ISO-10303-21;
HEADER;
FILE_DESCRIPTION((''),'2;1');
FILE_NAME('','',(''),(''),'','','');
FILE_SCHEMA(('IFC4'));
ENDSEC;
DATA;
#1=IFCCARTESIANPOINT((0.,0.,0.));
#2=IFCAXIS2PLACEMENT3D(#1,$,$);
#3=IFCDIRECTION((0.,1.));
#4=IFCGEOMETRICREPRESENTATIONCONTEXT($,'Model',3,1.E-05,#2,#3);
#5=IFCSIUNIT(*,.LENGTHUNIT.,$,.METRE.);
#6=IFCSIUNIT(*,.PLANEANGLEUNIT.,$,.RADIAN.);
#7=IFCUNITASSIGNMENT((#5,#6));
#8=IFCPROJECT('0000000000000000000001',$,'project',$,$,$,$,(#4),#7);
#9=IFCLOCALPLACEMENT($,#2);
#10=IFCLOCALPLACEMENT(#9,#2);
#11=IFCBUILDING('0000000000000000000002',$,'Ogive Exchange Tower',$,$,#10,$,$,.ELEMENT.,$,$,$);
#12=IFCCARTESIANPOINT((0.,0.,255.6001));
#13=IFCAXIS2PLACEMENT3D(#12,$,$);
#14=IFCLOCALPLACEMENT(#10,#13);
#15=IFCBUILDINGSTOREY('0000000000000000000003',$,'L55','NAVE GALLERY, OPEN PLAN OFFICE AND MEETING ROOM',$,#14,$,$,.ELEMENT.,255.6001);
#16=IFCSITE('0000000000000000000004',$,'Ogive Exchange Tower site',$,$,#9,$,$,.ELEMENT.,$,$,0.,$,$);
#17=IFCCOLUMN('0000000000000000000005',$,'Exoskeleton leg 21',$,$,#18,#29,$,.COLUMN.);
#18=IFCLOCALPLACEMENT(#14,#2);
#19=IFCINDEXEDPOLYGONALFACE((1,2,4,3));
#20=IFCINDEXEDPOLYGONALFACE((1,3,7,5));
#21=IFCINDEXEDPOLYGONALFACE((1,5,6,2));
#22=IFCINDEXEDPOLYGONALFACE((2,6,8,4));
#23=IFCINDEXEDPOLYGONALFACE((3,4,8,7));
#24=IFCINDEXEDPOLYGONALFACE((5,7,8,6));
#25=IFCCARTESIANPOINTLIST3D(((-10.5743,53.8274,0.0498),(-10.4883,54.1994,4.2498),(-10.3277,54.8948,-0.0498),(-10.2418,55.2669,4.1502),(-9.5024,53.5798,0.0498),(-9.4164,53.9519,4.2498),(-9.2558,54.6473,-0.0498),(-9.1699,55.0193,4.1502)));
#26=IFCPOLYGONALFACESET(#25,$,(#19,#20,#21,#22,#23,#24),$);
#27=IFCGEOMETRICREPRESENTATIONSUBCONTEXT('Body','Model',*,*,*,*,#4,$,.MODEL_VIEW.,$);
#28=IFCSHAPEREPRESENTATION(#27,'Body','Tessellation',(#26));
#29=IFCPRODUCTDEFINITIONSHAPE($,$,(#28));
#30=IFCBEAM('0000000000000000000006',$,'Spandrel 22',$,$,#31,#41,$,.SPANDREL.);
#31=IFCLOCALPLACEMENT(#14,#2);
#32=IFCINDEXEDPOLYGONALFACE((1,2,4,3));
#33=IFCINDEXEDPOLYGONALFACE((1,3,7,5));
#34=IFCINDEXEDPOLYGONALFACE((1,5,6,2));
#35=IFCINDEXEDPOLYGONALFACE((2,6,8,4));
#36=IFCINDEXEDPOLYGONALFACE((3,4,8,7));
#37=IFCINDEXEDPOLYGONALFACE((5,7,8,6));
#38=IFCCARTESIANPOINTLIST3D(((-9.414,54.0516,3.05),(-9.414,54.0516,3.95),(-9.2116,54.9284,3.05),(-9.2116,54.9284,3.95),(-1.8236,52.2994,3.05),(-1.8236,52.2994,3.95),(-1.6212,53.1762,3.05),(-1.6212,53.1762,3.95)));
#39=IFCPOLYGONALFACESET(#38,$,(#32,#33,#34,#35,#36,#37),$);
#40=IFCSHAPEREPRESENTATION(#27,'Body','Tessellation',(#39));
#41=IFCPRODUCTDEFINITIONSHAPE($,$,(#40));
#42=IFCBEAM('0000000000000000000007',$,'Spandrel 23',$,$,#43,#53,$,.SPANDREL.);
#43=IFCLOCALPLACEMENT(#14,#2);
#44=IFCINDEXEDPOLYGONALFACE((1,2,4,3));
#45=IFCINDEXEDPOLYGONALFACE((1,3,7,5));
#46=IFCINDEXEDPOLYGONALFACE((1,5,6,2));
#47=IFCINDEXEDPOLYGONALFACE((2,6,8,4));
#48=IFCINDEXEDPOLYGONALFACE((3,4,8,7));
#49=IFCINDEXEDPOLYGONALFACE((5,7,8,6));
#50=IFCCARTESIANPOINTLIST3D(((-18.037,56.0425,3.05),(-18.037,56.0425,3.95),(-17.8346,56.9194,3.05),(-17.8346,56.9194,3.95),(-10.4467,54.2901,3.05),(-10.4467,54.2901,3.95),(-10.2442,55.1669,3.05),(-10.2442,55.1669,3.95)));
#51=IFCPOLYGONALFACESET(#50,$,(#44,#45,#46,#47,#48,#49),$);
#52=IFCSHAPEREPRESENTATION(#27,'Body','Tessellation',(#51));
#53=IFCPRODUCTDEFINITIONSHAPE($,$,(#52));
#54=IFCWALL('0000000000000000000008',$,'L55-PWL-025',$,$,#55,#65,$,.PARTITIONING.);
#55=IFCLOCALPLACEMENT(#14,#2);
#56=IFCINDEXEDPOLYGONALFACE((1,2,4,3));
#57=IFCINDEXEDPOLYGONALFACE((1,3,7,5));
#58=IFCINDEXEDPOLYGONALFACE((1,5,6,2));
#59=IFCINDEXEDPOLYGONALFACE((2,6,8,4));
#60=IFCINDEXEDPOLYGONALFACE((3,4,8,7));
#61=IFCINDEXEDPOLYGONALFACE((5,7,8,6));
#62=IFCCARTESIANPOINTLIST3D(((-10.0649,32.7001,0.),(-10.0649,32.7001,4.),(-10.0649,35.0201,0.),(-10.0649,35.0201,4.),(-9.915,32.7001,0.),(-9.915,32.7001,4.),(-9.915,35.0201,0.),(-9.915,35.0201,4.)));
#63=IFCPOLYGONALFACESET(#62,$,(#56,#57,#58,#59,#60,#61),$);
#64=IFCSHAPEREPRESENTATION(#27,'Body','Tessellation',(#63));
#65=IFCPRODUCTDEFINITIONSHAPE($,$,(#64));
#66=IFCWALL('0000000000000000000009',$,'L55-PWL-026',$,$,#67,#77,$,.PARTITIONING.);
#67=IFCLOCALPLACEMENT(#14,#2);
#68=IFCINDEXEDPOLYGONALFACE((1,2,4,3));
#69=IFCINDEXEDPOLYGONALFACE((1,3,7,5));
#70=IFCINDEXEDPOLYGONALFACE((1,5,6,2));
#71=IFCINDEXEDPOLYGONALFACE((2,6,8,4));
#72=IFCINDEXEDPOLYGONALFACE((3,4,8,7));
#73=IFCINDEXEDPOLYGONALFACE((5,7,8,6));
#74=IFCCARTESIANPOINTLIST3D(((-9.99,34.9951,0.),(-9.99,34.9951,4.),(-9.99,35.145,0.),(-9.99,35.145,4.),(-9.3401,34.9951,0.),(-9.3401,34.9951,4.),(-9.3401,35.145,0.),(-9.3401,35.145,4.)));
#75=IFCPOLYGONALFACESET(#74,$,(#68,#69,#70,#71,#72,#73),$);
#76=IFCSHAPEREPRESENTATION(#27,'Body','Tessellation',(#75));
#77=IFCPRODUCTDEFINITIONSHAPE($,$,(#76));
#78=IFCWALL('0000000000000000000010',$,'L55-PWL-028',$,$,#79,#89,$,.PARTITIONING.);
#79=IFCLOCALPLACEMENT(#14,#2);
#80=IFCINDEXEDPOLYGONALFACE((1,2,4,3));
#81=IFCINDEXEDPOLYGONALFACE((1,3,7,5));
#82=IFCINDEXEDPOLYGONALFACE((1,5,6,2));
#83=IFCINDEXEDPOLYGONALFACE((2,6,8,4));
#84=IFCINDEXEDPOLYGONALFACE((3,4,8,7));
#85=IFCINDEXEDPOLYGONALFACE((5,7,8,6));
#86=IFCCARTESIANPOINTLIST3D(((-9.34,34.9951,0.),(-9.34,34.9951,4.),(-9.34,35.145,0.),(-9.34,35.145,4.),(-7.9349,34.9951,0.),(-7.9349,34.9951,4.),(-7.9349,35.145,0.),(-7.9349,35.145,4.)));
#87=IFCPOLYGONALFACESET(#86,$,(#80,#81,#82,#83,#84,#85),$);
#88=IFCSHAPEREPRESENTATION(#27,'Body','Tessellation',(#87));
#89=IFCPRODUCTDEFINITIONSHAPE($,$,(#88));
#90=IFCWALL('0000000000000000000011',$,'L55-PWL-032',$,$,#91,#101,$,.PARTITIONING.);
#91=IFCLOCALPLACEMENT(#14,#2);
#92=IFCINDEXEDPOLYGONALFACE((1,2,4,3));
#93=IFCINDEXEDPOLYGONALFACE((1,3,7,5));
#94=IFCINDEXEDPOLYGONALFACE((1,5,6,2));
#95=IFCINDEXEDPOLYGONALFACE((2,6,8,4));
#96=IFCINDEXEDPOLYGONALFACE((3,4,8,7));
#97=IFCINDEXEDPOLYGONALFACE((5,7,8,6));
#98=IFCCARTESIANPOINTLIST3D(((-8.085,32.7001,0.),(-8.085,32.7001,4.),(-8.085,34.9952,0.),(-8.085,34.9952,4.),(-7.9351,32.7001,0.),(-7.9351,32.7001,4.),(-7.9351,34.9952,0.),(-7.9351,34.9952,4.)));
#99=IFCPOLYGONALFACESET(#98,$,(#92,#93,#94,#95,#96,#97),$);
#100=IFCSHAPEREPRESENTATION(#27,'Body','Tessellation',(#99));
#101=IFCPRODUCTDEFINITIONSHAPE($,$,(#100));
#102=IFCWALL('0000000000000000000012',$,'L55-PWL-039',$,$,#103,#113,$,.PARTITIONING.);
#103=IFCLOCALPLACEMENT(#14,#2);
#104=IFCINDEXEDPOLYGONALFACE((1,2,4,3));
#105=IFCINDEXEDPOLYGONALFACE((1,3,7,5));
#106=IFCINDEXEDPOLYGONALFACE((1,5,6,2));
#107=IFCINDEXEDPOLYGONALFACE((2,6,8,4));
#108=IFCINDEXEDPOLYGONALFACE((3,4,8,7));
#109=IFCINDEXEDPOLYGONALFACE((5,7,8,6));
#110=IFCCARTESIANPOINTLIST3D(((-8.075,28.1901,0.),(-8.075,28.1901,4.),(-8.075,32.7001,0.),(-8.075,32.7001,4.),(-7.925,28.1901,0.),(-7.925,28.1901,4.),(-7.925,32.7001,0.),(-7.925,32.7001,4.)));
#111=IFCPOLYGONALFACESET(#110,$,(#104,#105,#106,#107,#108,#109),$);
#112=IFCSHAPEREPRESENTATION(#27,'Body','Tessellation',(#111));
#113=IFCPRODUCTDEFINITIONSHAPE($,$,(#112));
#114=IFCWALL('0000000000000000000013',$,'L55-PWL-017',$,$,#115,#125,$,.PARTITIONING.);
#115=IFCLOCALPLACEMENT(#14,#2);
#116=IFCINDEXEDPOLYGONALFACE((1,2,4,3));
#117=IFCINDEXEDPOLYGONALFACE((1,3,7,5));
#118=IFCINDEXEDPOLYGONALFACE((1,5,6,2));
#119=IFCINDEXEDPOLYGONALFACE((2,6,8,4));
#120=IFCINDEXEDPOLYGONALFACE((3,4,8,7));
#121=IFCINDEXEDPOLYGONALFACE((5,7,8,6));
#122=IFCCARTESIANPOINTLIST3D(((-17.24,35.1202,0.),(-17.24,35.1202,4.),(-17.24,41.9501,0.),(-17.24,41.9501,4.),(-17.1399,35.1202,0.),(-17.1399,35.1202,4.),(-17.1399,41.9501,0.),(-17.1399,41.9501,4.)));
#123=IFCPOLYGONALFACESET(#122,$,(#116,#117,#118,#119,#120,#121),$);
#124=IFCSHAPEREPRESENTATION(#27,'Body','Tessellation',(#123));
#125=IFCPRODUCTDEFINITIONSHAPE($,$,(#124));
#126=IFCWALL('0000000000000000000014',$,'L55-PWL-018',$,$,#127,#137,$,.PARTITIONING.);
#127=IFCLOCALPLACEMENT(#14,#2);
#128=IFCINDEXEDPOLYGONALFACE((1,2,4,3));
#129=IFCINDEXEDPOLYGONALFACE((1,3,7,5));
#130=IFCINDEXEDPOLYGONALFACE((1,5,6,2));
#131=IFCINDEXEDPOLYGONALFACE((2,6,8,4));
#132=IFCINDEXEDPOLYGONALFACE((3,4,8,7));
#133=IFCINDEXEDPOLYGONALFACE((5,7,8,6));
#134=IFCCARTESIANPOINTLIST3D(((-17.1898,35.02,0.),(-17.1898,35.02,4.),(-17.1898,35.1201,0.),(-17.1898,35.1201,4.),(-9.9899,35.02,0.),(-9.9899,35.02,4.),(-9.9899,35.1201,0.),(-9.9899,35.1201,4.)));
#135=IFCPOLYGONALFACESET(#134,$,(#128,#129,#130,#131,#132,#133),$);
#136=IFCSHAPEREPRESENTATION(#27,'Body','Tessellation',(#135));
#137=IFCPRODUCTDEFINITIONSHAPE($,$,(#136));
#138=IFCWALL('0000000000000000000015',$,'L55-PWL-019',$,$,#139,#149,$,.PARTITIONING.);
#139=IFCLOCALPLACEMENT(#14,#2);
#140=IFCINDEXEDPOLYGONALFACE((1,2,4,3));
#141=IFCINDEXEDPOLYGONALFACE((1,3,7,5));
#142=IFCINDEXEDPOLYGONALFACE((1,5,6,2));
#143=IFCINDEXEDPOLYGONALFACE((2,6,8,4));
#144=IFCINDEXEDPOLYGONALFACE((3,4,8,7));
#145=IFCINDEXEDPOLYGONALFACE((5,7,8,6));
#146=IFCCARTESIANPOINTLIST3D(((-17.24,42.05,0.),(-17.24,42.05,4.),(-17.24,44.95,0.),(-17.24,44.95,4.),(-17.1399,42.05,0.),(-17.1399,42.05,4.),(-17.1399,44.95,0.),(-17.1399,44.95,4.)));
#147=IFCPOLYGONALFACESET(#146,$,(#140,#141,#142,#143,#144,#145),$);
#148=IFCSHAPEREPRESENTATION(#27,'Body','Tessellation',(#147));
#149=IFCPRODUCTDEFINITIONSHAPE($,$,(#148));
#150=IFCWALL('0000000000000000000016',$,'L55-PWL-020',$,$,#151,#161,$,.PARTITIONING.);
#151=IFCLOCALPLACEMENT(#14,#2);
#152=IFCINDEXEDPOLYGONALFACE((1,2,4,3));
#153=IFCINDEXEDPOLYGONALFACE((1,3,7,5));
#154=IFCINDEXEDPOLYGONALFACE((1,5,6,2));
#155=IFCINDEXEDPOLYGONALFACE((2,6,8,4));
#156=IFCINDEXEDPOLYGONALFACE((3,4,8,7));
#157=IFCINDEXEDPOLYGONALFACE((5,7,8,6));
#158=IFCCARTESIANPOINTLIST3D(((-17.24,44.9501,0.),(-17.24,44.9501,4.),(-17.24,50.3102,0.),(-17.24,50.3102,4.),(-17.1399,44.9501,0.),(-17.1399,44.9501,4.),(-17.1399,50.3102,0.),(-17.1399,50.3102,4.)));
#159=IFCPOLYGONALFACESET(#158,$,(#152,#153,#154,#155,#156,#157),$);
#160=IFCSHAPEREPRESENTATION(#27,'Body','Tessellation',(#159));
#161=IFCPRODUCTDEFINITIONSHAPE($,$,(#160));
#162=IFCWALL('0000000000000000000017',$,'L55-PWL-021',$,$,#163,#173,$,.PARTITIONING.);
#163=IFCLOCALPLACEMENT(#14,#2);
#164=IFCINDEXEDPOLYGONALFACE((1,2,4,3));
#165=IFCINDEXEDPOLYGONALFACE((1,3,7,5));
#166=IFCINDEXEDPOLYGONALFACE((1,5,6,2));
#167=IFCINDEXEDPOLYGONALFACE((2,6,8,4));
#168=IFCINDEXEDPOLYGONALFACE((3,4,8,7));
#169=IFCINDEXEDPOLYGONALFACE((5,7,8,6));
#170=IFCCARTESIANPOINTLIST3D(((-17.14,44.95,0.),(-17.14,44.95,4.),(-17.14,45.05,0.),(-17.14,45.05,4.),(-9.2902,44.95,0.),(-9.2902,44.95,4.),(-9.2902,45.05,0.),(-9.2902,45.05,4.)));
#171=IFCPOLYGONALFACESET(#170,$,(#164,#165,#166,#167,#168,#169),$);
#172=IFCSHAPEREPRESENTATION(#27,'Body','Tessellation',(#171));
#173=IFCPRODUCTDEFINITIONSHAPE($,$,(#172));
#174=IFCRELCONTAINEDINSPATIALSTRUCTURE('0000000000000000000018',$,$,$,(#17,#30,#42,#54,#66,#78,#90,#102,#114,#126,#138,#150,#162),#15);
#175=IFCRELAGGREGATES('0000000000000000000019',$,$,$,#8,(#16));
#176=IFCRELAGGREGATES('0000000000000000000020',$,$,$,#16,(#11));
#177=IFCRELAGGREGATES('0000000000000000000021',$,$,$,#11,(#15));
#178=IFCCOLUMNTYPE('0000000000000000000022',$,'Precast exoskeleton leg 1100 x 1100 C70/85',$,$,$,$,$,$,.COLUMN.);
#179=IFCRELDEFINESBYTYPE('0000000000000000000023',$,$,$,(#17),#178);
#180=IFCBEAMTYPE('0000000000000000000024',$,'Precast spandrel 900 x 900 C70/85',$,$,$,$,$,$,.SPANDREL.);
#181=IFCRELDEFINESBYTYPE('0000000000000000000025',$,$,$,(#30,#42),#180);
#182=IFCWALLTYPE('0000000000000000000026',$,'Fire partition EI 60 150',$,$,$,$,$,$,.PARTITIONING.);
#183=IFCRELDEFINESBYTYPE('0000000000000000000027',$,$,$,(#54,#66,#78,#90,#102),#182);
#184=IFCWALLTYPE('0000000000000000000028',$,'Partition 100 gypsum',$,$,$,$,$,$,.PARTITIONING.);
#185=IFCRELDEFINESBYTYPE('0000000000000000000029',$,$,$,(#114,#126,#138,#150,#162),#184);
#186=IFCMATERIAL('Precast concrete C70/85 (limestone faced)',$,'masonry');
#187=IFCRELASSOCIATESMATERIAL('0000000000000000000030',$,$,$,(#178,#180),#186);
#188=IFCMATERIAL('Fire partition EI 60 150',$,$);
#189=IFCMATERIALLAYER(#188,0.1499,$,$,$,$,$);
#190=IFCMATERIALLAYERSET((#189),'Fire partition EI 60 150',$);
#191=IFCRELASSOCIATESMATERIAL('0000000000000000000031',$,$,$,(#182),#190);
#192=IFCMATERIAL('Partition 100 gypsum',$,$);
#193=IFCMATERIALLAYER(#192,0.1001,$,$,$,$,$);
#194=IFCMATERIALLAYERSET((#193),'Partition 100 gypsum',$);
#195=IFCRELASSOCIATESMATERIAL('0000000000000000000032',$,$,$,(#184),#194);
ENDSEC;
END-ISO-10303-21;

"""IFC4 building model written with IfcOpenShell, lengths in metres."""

from ifc_helpers import new_model, si_unit, direction, frame, frame_2d, origin, origin_2d, place, context, subcontext, project, spatial, rectangle, extrude, material, layer, layer_set, material_profile, profile_set, type_object, element, save


model = new_model("IFC4")

# Units and contexts
model_context = context("Model", 3, precision=1e-05, world=origin(), true_north=direction((0.0, 1.0)))
body_context = subcontext(model_context, "Body", "Model", "MODEL_VIEW")
ifc_project = project(units=[si_unit("LENGTHUNIT", "METRE"), si_unit("PLANEANGLEUNIT", "RADIAN")], contexts=[model_context])

# Site, building, storey
site_placement = place(None, origin())
site = spatial("IfcSite", under=ifc_project, at=site_placement, Name="Ogive Exchange Tower site", CompositionType="ELEMENT", RefElevation=0.0)
building_placement = place(site_placement, origin())
building = spatial("IfcBuilding", under=site, at=building_placement, Name="Ogive Exchange Tower", CompositionType="ELEMENT")
storey_placement = place(building_placement, frame((0.0, 0.0, 255.6001)))
storey = spatial("IfcBuildingStorey", under=building, at=storey_placement, Name="L55", Description="NAVE GALLERY, OPEN PLAN OFFICE AND MEETING ROOM", CompositionType="ELEMENT", Elevation=255.6001)

# Column
ifc_material_1 = material(Name="Precast concrete C70/85 (limestone faced)", Category="masonry")
ifc_material_profile_1 = material_profile(ifc_material_1, rectangle(XDim=1.1001, YDim=1.1001, at=origin_2d()), Name="1100 x 1100")
ifc_profile_set_1 = profile_set([ifc_material_profile_1], Name="Precast concrete C70/85 (limestone faced)")
column_type = type_object("IfcColumnType", Name="Precast exoskeleton leg 1100 x 1100 C70/85", PredefinedType="COLUMN", material=ifc_profile_set_1)
column_placement = place(storey_placement, frame((-9.915, 54.2373, 0.0), z_axis=(0.020377, 0.088225, 0.995892), x_axis=(-0.974348, 0.225046, 0.0)))
element("IfcColumn", 1, at=column_placement, inside=storey, type_object=column_type, Name="Exoskeleton leg 21", PredefinedType="COLUMN", context=body_context, shape_type="SweptSolid", body=[
    extrude(rectangle(XDim=1.1001, YDim=1.1001, at=origin_2d()), origin(), (0.0, 0.0, 1.0), 4.2173),
])

# Beams
ifc_material_profile_2 = material_profile(ifc_material_1, rectangle(XDim=0.8999, YDim=0.8999, at=origin_2d()), Name="900 x 900")
ifc_profile_set_2 = profile_set([ifc_material_profile_2], Name="Precast concrete C70/85 (limestone faced)")
beam_type = type_object("IfcBeamType", Name="Precast spandrel 900 x 900 C70/85", PredefinedType="SPANDREL", material=ifc_profile_set_2)
for number, where, z_axis, x_axis, name in (
    (2, (-1.7224, 52.7378, 3.5), (-0.974375, 0.22493, 0.0), (-0.22493, -0.974375, 0.0), "Spandrel 22"),
    (3, (-10.3455, 54.7285, 3.5), (-0.974368, 0.22496, 0.0), (-0.22496, -0.974368, 0.0), "Spandrel 23"),
):
    element("IfcBeam", number, at=place(storey_placement, frame(where, z_axis=z_axis, x_axis=x_axis)), inside=storey, type_object=beam_type, Name=name, PredefinedType="SPANDREL", context=body_context, shape_type="SweptSolid", body=[
        extrude(rectangle(XDim=0.8999, YDim=0.8999, at=origin_2d()), origin(), (0.0, 0.0, 1.0), 7.79),
    ])

# Walls
ifc_material_2 = material(Name="Fire partition EI 60 150")
ifc_layer_1 = layer(ifc_material_2, 0.1499)
ifc_layer_set_1 = layer_set([ifc_layer_1], Name="Fire partition EI 60 150")
wall_type_1 = type_object("IfcWallType", Name="Fire partition EI 60 150", PredefinedType="PARTITIONING", material=ifc_layer_set_1)
wall_1_placement = place(storey_placement, frame((-9.99, 32.7, 0.0), z_axis=(0.0, 0.0, 1.0), x_axis=(0.0, 1.0, 0.0)))
element("IfcWall", 4, at=wall_1_placement, inside=storey, type_object=wall_type_1, Name="L55-PWL-025", PredefinedType="PARTITIONING", context=body_context, shape_type="SweptSolid", body=[
    extrude(rectangle(XDim=2.3201, YDim=0.1499, at=frame_2d((1.1602, 0.0))), origin(), (0.0, 0.0, 1.0), 4.0),
])
wall_2_placement = place(storey_placement, frame((-9.99, 35.0701, 0.0), z_axis=(0.0, 0.0, 1.0), x_axis=(1.0, 0.0, 0.0)))
element("IfcWall", 5, at=wall_2_placement, inside=storey, type_object=wall_type_1, Name="L55-PWL-026", PredefinedType="PARTITIONING", context=body_context, shape_type="SweptSolid", body=[
    extrude(rectangle(XDim=0.6499, YDim=0.1499, at=frame_2d((0.325, 0.0))), origin(), (0.0, 0.0, 1.0), 4.0),
])
wall_3_placement = place(storey_placement, frame((-9.3401, 35.0701, 0.0), z_axis=(0.0, 0.0, 1.0), x_axis=(1.0, 0.0, 0.0)))
element("IfcWall", 6, at=wall_3_placement, inside=storey, type_object=wall_type_1, Name="L55-PWL-028", PredefinedType="PARTITIONING", context=body_context, shape_type="SweptSolid", body=[
    extrude(rectangle(XDim=1.405, YDim=0.1499, at=frame_2d((0.7026, 0.0))), origin(), (0.0, 0.0, 1.0), 4.0),
])
wall_4_placement = place(storey_placement, frame((-8.01, 34.9951, 0.0), z_axis=(0.0, 0.0, 1.0), x_axis=(0.0, -1.0, 0.0)))
element("IfcWall", 7, at=wall_4_placement, inside=storey, type_object=wall_type_1, Name="L55-PWL-032", PredefinedType="PARTITIONING", context=body_context, shape_type="SweptSolid", body=[
    extrude(rectangle(XDim=2.2952, YDim=0.1499, at=frame_2d((1.1475, 0.0))), origin(), (0.0, 0.0, 1.0), 4.0),
])
wall_5_placement = place(storey_placement, frame((-8.0, 32.7, 0.0), z_axis=(0.0, 0.0, 1.0), x_axis=(0.0, -1.0, 0.0)))
element("IfcWall", 8, at=wall_5_placement, inside=storey, type_object=wall_type_1, Name="L55-PWL-039", PredefinedType="PARTITIONING", context=body_context, shape_type="SweptSolid", body=[
    extrude(rectangle(XDim=4.51, YDim=0.1499, at=frame_2d((2.2549, 0.0))), origin(), (0.0, 0.0, 1.0), 4.0),
])
ifc_material_3 = material(Name="Partition 100 gypsum")
ifc_layer_2 = layer(ifc_material_3, 0.1001)
ifc_layer_set_2 = layer_set([ifc_layer_2], Name="Partition 100 gypsum")
wall_type_2 = type_object("IfcWallType", Name="Partition 100 gypsum", PredefinedType="PARTITIONING", material=ifc_layer_set_2)
wall_6_placement = place(storey_placement, frame((-17.1899, 35.1201, 0.0), z_axis=(0.0, 0.0, 1.0), x_axis=(0.0, 1.0, 0.0)))
element("IfcWall", 9, at=wall_6_placement, inside=storey, type_object=wall_type_2, Name="L55-PWL-017", PredefinedType="PARTITIONING", context=body_context, shape_type="SweptSolid", body=[
    extrude(rectangle(XDim=6.8298, YDim=0.1001, at=frame_2d((3.415, 0.0))), origin(), (0.0, 0.0, 1.0), 4.0),
])
wall_7_placement = place(storey_placement, frame((-17.1899, 35.0701, 0.0), z_axis=(0.0, 0.0, 1.0), x_axis=(1.0, 0.0, 0.0)))
element("IfcWall", 10, at=wall_7_placement, inside=storey, type_object=wall_type_2, Name="L55-PWL-018", PredefinedType="PARTITIONING", context=body_context, shape_type="SweptSolid", body=[
    extrude(rectangle(XDim=7.2, YDim=0.1001, at=frame_2d((3.6001, 0.0))), origin(), (0.0, 0.0, 1.0), 4.0),
])
wall_8_placement = place(storey_placement, frame((-17.1899, 42.05, 0.0), z_axis=(0.0, 0.0, 1.0), x_axis=(0.0, 1.0, 0.0)))
element("IfcWall", 11, at=wall_8_placement, inside=storey, type_object=wall_type_2, Name="L55-PWL-019", PredefinedType="PARTITIONING", context=body_context, shape_type="SweptSolid", body=[
    extrude(rectangle(XDim=2.8999, YDim=0.1001, at=frame_2d((1.45, 0.0))), origin(), (0.0, 0.0, 1.0), 4.0),
])
wall_9_placement = place(storey_placement, frame((-17.1899, 44.95, 0.0), z_axis=(0.0, 0.0, 1.0), x_axis=(0.0, 1.0, 0.0)))
element("IfcWall", 12, at=wall_9_placement, inside=storey, type_object=wall_type_2, Name="L55-PWL-020", PredefinedType="PARTITIONING", context=body_context, shape_type="SweptSolid", body=[
    extrude(rectangle(XDim=5.3601, YDim=0.1001, at=frame_2d((2.6802, 0.0))), origin(), (0.0, 0.0, 1.0), 4.0),
])
wall_10_placement = place(storey_placement, frame((-17.1399, 45.0, 0.0), z_axis=(0.0, 0.0, 1.0), x_axis=(1.0, 0.0, 0.0)))
element("IfcWall", 13, at=wall_10_placement, inside=storey, type_object=wall_type_2, Name="L55-PWL-021", PredefinedType="PARTITIONING", context=body_context, shape_type="SweptSolid", body=[
    extrude(rectangle(XDim=7.8499, YDim=0.1001, at=frame_2d((3.9248, 0.0))), origin(), (0.0, 0.0, 1.0), 4.0),
])

save(model, "model.ifc")
